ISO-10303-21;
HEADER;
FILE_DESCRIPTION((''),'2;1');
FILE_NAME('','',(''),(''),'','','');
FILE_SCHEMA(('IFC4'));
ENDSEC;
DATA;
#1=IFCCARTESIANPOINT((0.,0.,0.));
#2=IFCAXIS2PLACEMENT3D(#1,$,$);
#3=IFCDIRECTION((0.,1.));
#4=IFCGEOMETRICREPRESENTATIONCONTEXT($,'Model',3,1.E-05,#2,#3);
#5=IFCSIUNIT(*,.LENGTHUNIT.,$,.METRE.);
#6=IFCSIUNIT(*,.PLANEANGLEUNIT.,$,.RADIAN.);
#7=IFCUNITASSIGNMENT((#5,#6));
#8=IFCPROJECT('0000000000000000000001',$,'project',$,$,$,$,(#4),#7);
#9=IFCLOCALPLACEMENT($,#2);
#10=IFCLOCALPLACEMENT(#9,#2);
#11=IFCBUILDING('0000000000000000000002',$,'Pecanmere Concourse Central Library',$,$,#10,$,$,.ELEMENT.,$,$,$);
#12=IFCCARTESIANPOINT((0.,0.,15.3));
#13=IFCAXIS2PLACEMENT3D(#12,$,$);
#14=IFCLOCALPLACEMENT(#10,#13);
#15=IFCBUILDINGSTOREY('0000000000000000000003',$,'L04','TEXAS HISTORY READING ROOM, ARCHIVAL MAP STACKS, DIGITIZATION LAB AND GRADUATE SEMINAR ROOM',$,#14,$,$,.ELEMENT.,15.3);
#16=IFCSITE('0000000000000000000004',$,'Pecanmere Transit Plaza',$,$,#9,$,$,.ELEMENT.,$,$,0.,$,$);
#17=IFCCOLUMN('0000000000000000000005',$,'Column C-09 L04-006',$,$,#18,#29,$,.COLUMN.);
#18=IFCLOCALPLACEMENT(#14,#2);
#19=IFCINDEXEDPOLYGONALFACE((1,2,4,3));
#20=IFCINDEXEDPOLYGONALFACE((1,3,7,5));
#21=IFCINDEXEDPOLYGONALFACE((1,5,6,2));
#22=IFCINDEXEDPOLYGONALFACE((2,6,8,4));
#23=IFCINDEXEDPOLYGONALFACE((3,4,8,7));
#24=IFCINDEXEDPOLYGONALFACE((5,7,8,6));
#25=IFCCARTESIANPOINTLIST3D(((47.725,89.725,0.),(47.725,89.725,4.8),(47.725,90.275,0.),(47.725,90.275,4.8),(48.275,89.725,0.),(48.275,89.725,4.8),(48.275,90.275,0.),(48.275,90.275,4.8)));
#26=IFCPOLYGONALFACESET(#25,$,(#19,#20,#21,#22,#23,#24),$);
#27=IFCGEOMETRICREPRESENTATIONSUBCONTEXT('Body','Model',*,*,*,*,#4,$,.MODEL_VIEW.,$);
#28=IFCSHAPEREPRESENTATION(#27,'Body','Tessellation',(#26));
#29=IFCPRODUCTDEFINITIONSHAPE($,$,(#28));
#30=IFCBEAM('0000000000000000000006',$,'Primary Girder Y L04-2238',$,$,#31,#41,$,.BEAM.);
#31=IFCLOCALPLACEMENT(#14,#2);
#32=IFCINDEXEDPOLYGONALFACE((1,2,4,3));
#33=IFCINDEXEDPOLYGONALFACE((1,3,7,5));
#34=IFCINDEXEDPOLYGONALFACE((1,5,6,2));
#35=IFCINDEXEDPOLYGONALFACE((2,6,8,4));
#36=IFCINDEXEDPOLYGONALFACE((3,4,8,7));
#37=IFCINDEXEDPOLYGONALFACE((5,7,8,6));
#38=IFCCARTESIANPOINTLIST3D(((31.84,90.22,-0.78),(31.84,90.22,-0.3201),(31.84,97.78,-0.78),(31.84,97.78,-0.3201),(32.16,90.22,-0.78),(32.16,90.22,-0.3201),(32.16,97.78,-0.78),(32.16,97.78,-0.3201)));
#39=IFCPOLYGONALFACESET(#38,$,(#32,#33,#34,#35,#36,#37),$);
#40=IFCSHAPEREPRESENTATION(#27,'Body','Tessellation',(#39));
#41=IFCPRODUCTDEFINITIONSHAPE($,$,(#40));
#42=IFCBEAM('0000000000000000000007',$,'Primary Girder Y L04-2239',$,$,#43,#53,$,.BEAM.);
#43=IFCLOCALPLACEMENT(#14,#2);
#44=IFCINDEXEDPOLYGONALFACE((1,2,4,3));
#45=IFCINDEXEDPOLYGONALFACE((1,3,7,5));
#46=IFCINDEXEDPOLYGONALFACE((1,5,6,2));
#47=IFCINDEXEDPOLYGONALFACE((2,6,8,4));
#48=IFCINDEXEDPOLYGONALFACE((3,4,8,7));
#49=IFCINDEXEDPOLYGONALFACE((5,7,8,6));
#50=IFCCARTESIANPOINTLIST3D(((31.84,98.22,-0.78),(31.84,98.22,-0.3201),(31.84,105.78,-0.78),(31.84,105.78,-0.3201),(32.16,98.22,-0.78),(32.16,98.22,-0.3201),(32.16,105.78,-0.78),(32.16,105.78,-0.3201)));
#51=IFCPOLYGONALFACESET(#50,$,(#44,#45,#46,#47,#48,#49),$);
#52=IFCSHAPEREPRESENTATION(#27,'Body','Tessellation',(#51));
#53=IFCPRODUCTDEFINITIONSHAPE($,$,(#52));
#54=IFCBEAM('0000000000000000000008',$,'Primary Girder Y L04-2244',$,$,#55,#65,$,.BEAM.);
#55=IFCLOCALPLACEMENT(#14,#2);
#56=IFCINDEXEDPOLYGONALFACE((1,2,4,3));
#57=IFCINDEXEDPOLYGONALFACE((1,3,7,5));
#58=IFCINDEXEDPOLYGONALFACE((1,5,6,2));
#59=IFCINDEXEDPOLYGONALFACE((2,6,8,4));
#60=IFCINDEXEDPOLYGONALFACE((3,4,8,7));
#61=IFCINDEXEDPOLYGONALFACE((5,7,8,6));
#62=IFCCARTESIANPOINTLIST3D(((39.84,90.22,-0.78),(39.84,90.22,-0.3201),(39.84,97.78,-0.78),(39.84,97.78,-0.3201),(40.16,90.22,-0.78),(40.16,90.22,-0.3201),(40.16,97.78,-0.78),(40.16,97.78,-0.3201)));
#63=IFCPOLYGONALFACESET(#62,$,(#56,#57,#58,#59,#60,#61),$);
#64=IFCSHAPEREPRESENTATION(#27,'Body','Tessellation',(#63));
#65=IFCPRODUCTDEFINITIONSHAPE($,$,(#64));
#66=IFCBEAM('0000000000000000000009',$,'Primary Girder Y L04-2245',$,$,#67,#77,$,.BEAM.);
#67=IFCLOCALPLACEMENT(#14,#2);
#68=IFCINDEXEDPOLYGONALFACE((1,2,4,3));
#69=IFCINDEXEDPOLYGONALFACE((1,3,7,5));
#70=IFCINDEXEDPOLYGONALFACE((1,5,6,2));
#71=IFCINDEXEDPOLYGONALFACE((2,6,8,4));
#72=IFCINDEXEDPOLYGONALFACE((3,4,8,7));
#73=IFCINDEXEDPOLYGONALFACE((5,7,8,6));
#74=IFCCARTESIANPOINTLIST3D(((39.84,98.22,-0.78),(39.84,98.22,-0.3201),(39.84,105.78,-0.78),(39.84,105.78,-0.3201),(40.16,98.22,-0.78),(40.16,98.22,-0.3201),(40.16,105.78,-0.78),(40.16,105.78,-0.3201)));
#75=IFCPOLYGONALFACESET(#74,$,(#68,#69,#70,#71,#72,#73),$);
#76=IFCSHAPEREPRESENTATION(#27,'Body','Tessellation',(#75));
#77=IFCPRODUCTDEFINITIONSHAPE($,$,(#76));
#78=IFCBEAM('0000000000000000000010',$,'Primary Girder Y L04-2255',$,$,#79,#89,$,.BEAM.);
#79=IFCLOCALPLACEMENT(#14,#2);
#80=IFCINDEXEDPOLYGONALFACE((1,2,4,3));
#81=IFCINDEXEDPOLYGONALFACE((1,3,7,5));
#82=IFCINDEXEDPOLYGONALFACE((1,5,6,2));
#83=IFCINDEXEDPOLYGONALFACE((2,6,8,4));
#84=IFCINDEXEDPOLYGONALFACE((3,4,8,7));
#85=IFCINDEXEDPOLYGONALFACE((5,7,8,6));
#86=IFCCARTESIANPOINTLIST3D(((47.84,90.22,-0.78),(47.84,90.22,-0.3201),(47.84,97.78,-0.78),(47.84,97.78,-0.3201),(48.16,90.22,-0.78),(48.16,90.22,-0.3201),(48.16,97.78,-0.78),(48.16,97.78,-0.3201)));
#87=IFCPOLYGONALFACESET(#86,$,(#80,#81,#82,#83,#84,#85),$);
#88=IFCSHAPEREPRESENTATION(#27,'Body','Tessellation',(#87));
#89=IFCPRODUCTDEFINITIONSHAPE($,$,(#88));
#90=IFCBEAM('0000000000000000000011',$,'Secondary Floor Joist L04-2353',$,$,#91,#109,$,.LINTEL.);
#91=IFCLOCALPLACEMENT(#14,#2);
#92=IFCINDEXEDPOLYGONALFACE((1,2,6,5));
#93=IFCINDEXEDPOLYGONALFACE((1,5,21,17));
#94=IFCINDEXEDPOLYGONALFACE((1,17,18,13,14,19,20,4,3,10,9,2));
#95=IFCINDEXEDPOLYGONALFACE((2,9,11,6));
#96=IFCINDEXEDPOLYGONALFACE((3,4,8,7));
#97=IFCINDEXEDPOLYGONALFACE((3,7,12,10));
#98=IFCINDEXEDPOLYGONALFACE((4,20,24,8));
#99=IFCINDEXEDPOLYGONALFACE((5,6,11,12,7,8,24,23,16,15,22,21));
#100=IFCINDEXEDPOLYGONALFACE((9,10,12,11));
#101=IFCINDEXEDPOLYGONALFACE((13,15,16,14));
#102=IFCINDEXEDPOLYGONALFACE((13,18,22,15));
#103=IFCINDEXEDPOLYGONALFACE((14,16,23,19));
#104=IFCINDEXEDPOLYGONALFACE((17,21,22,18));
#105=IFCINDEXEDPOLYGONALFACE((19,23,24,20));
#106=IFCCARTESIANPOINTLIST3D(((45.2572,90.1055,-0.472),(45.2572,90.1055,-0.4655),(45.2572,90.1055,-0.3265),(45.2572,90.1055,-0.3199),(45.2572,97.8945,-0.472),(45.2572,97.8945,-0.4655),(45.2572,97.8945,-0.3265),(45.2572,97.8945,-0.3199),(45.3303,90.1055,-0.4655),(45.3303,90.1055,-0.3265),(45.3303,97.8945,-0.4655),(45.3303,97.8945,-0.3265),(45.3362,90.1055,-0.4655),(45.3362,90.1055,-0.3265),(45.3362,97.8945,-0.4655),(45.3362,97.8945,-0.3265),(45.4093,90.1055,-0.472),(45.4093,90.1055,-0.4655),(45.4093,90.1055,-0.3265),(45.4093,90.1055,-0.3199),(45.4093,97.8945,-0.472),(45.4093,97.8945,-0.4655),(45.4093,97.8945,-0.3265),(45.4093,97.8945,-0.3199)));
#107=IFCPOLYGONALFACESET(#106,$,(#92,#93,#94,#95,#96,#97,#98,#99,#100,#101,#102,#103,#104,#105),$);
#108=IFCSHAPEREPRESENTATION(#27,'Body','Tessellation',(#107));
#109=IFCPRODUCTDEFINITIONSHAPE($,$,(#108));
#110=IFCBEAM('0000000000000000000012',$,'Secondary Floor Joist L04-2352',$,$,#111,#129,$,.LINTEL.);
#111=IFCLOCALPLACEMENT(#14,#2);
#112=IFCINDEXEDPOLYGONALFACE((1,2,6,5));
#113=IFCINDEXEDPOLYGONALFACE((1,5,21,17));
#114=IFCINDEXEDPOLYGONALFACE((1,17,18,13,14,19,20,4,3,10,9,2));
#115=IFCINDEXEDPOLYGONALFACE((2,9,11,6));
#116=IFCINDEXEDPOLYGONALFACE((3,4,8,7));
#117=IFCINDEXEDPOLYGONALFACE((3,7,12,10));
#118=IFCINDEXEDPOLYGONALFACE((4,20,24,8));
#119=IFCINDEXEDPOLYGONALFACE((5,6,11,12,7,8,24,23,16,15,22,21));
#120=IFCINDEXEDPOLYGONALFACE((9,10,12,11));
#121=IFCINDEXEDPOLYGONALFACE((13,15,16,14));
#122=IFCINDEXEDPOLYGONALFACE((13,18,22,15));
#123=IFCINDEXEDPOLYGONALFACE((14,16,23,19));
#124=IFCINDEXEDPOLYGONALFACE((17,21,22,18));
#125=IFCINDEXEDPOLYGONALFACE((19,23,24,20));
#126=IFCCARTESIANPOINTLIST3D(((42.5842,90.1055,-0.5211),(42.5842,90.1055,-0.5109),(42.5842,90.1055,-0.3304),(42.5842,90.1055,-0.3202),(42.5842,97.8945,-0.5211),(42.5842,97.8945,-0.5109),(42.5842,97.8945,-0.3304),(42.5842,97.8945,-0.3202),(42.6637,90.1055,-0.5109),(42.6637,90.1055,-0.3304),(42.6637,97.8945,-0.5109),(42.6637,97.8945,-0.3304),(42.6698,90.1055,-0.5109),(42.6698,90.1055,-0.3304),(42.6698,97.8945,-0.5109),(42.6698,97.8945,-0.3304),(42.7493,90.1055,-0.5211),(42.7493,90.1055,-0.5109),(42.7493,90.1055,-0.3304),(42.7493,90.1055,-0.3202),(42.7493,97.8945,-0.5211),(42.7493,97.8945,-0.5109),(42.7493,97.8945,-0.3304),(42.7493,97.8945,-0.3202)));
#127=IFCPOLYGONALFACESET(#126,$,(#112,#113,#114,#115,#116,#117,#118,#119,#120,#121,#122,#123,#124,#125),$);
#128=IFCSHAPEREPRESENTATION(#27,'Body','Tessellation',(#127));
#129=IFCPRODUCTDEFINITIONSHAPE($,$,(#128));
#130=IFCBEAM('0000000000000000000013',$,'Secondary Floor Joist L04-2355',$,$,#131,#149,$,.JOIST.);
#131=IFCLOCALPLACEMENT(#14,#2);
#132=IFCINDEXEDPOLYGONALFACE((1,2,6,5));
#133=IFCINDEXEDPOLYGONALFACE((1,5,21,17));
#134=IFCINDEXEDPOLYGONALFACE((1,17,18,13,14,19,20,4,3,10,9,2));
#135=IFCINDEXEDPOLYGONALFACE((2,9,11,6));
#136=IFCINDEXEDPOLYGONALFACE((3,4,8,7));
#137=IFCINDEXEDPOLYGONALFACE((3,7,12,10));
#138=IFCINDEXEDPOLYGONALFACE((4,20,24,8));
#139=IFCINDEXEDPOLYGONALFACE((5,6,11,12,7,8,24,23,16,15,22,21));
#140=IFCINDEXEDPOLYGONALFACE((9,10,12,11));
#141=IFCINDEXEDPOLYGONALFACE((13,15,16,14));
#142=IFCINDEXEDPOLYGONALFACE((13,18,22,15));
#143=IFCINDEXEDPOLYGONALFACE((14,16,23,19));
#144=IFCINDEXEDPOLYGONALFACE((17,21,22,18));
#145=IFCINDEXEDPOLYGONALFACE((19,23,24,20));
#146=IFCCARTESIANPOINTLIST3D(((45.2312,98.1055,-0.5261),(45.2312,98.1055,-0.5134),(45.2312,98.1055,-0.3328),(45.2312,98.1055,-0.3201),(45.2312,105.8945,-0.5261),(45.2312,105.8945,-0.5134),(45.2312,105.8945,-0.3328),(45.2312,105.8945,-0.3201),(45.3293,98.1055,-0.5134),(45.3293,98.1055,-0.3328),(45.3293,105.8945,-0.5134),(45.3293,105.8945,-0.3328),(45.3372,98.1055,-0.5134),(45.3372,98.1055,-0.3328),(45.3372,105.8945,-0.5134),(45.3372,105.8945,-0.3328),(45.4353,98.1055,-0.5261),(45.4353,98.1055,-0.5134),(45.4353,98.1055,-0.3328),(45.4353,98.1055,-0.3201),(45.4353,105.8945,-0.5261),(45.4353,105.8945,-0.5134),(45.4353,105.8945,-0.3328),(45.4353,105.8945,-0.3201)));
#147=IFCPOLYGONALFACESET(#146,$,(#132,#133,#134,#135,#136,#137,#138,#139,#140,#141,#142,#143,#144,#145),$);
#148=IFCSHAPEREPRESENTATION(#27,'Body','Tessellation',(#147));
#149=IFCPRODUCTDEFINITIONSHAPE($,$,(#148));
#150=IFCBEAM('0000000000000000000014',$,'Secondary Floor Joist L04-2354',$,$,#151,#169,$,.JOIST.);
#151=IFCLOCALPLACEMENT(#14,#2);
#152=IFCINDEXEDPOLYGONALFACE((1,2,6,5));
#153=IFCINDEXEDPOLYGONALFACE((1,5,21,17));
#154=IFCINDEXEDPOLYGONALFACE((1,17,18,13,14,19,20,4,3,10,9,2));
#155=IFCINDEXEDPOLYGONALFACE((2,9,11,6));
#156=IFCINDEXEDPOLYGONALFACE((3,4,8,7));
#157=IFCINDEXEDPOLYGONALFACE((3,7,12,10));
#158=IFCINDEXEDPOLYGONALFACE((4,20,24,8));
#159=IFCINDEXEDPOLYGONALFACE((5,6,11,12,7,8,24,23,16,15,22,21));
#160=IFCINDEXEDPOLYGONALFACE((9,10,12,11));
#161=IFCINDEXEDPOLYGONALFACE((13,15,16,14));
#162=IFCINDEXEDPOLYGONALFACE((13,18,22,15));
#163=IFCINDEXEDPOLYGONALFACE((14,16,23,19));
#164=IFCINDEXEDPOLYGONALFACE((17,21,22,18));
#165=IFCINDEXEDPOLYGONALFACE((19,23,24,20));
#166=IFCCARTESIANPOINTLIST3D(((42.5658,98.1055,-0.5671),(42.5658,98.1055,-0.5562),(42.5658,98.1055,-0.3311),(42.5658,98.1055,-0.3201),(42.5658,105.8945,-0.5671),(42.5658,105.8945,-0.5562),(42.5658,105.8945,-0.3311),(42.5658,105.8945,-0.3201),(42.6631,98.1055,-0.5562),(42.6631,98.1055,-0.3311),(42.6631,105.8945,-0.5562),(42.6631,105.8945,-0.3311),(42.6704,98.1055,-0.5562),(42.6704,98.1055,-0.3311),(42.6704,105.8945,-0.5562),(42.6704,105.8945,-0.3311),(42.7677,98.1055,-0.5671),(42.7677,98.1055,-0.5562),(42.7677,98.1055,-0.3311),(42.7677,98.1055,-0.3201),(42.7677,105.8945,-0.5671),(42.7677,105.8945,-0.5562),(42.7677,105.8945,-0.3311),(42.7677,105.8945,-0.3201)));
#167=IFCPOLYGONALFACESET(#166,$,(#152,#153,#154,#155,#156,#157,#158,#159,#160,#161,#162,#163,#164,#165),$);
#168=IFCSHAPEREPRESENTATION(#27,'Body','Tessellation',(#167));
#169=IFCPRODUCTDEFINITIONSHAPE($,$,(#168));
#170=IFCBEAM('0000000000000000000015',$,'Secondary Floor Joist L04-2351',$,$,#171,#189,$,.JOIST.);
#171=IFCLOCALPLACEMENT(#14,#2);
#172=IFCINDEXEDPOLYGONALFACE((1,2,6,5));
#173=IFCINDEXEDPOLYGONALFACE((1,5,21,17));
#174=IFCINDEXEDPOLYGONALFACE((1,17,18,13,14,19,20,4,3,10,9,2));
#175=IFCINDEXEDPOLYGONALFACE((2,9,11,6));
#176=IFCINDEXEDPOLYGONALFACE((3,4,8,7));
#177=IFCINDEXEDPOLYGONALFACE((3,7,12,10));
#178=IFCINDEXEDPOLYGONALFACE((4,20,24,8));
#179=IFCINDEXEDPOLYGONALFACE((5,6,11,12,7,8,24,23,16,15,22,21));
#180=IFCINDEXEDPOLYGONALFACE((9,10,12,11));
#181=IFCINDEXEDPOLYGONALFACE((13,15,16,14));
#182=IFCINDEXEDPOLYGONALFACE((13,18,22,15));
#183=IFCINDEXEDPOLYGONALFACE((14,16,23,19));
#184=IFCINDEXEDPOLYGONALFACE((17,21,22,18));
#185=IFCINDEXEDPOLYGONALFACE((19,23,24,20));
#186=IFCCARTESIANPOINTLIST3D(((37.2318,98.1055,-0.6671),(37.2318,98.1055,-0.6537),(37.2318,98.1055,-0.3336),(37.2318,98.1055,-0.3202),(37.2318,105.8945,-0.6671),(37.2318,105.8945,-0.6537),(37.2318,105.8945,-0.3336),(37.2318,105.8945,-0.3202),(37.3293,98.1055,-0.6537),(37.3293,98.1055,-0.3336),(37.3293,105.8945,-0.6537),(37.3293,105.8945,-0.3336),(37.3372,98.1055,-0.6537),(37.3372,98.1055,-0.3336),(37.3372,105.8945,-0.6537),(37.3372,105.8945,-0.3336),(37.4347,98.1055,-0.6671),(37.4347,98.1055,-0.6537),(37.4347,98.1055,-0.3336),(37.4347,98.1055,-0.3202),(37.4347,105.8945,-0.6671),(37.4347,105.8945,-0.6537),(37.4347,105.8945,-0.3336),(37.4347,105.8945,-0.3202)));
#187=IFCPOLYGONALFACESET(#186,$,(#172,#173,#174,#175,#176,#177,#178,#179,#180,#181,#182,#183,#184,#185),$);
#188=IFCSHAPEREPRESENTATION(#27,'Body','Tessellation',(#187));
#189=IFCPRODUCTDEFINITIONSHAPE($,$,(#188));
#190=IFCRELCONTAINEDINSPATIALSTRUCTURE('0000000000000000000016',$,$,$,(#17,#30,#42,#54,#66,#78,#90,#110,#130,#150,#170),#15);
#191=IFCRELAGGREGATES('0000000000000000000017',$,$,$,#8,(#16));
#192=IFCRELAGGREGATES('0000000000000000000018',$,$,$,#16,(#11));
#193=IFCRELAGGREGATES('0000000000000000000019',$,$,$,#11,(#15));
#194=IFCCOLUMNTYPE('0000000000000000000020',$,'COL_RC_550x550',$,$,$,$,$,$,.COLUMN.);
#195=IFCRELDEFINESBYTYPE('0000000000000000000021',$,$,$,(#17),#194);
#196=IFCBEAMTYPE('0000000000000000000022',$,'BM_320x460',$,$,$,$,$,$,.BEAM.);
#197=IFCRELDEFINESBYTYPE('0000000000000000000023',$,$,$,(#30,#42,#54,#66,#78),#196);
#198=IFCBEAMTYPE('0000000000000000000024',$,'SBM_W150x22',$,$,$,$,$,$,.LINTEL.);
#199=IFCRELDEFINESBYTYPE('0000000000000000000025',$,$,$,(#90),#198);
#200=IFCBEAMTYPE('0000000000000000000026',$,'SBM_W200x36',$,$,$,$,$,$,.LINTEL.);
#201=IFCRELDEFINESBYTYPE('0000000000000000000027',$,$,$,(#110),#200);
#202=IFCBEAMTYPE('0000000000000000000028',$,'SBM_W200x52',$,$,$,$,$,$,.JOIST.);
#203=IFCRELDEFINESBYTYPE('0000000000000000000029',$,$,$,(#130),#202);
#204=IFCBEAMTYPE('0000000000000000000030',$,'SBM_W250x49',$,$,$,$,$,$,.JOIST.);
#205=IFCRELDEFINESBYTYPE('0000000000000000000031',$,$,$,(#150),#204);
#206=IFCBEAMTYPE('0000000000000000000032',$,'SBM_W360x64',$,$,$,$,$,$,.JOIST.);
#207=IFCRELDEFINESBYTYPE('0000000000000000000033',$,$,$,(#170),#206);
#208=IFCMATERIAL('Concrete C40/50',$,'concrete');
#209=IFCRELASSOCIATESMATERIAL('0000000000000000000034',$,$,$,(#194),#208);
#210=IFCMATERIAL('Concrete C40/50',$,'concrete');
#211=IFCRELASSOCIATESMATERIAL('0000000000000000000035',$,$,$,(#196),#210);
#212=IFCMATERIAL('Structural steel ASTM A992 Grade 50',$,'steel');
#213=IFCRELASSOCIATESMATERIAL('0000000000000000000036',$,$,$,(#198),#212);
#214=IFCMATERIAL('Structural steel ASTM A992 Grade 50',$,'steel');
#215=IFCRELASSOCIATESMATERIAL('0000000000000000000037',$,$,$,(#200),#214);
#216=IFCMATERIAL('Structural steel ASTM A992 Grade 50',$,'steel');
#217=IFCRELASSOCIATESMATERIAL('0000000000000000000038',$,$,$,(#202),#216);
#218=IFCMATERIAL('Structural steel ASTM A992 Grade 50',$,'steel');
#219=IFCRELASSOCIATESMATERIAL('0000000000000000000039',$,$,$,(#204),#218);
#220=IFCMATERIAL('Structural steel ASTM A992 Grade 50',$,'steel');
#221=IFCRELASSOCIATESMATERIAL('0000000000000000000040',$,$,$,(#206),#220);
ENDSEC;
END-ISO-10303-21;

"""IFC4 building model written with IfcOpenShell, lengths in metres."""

from ifc_helpers import new_model, si_unit, direction, frame, origin, origin_2d, place, context, subcontext, project, spatial, rectangle, i_section, extrude, material, material_profile, profile_set, type_object, element, save


model = new_model("IFC4")

# Units and contexts
model_context = context("Model", 3, precision=1e-05, world=origin(), true_north=direction((0.0, 1.0)))
body_context = subcontext(model_context, "Body", "Model", "MODEL_VIEW")
ifc_project = project(units=[si_unit("LENGTHUNIT", "METRE"), si_unit("PLANEANGLEUNIT", "RADIAN")], contexts=[model_context])

# Site, building, storey
site_placement = place(None, origin())
site = spatial("IfcSite", under=ifc_project, at=site_placement, Name="Pecanmere Transit Plaza", CompositionType="ELEMENT", RefElevation=0.0)
building_placement = place(site_placement, origin())
building = spatial("IfcBuilding", under=site, at=building_placement, Name="Pecanmere Concourse Central Library", CompositionType="ELEMENT")
storey_placement = place(building_placement, frame((0.0, 0.0, 15.3)))
storey = spatial("IfcBuildingStorey", under=building, at=storey_placement, Name="L04", Description="TEXAS HISTORY READING ROOM, ARCHIVAL MAP STACKS, DIGITIZATION LAB AND GRADUATE SEMINAR ROOM", CompositionType="ELEMENT", Elevation=15.3)

# Column
ifc_material_1 = material(Name="Concrete C40/50", Category="concrete")
ifc_material_profile_1 = material_profile(ifc_material_1, rectangle(XDim=0.55, YDim=0.55, at=origin_2d()), Name="RC 550x550")
ifc_profile_set_1 = profile_set([ifc_material_profile_1], Name="Concrete C40/50")
column_type = type_object("IfcColumnType", Name="COL_RC_550x550", PredefinedType="COLUMN", material=ifc_profile_set_1)
column_placement = place(storey_placement, frame((48.0, 90.0, 0.0), z_axis=(0.0, 0.0, 1.0), x_axis=(1.0, 0.0, 0.0)))
element("IfcColumn", 1, at=column_placement, inside=storey, type_object=column_type, Name="Column C-09 L04-006", PredefinedType="COLUMN", context=body_context, shape_type="SweptSolid", body=[
    extrude(rectangle(XDim=0.55, YDim=0.55, at=origin_2d()), origin(), (0.0, 0.0, 1.0), 4.8),
])

# Beams
ifc_material_2 = material(Name="Concrete C40/50", Category="concrete")
ifc_material_profile_2 = material_profile(ifc_material_2, rectangle(XDim=0.3201, YDim=0.46, at=origin_2d()), Name="RC 320x460")
ifc_profile_set_2 = profile_set([ifc_material_profile_2], Name="Concrete C40/50")
beam_type_1 = type_object("IfcBeamType", Name="BM_320x460", PredefinedType="BEAM", material=ifc_profile_set_2)
for number, where, z_axis, x_axis, name in (
    (2, (32.0, 90.22, -0.55), (0.0, 1.0, 0.0), (-1.0, 0.0, 0.0), "Primary Girder Y L04-2238"),
    (3, (32.0, 98.22, -0.55), (0.0, 1.0, 0.0), (-1.0, 0.0, 0.0), "Primary Girder Y L04-2239"),
    (4, (40.0, 90.22, -0.55), (0.0, 1.0, 0.0), (-1.0, 0.0, 0.0), "Primary Girder Y L04-2244"),
    (5, (40.0, 98.22, -0.55), (0.0, 1.0, 0.0), (-1.0, 0.0, 0.0), "Primary Girder Y L04-2245"),
    (6, (48.0, 90.22, -0.55), (0.0, 1.0, 0.0), (-1.0, 0.0, 0.0), "Primary Girder Y L04-2255"),
):
    element("IfcBeam", number, at=place(storey_placement, frame(where, z_axis=z_axis, x_axis=x_axis)), inside=storey, type_object=beam_type_1, Name=name, PredefinedType="BEAM", context=body_context, shape_type="SweptSolid", body=[
        extrude(rectangle(XDim=0.3201, YDim=0.46, at=origin_2d()), origin(), (0.0, 0.0, 1.0), 7.5601),
    ])
ifc_material_3 = material(Name="Structural steel ASTM A992 Grade 50", Category="steel")
ifc_material_profile_3 = material_profile(ifc_material_3, i_section(OverallWidth=0.1521, OverallDepth=0.1521, WebThickness=0.0059, FlangeThickness=0.0066, at=origin_2d()), Name="W150x22.5")
ifc_profile_set_3 = profile_set([ifc_material_profile_3], Name="Structural steel ASTM A992 Grade 50")
beam_type_2 = type_object("IfcBeamType", Name="SBM_W150x22", PredefinedType="LINTEL", material=ifc_profile_set_3)
beam_1_placement = place(storey_placement, frame((45.3333, 90.1055, -0.396), z_axis=(0.0, 1.0, 0.0), x_axis=(-1.0, 0.0, 0.0)))
element("IfcBeam", 7, at=beam_1_placement, inside=storey, type_object=beam_type_2, Name="Secondary Floor Joist L04-2353", PredefinedType="LINTEL", context=body_context, shape_type="SweptSolid", body=[
    extrude(i_section(OverallWidth=0.1521, OverallDepth=0.1521, WebThickness=0.0059, FlangeThickness=0.0066, at=origin_2d()), origin(), (0.0, 0.0, 1.0), 7.7891),
])
ifc_material_4 = material(Name="Structural steel ASTM A992 Grade 50", Category="steel")
ifc_material_profile_4 = material_profile(ifc_material_4, i_section(OverallWidth=0.165, OverallDepth=0.2009, WebThickness=0.0061, FlangeThickness=0.0103, at=origin_2d()), Name="W200x35.9")
ifc_profile_set_4 = profile_set([ifc_material_profile_4], Name="Structural steel ASTM A992 Grade 50")
beam_type_3 = type_object("IfcBeamType", Name="SBM_W200x36", PredefinedType="LINTEL", material=ifc_profile_set_4)
beam_2_placement = place(storey_placement, frame((42.6667, 90.1055, -0.4207), z_axis=(0.0, 1.0, 0.0), x_axis=(-1.0, 0.0, 0.0)))
element("IfcBeam", 8, at=beam_2_placement, inside=storey, type_object=beam_type_3, Name="Secondary Floor Joist L04-2352", PredefinedType="LINTEL", context=body_context, shape_type="SweptSolid", body=[
    extrude(i_section(OverallWidth=0.165, OverallDepth=0.2009, WebThickness=0.0061, FlangeThickness=0.0103, at=origin_2d()), origin(), (0.0, 0.0, 1.0), 7.7891),
])
ifc_material_5 = material(Name="Structural steel ASTM A992 Grade 50", Category="steel")
ifc_material_profile_5 = material_profile(ifc_material_5, i_section(OverallWidth=0.2041, OverallDepth=0.2061, WebThickness=0.0078, FlangeThickness=0.0127, at=origin_2d()), Name="W200x52")
ifc_profile_set_5 = profile_set([ifc_material_profile_5], Name="Structural steel ASTM A992 Grade 50")
beam_type_4 = type_object("IfcBeamType", Name="SBM_W200x52", PredefinedType="JOIST", material=ifc_profile_set_5)
beam_3_placement = place(storey_placement, frame((45.3333, 98.1055, -0.4231), z_axis=(0.0, 1.0, 0.0), x_axis=(-1.0, 0.0, 0.0)))
element("IfcBeam", 9, at=beam_3_placement, inside=storey, type_object=beam_type_4, Name="Secondary Floor Joist L04-2355", PredefinedType="JOIST", context=body_context, shape_type="SweptSolid", body=[
    extrude(i_section(OverallWidth=0.2041, OverallDepth=0.2061, WebThickness=0.0078, FlangeThickness=0.0127, at=origin_2d()), origin(), (0.0, 0.0, 1.0), 7.7891),
])
ifc_material_6 = material(Name="Structural steel ASTM A992 Grade 50", Category="steel")
ifc_material_profile_6 = material_profile(ifc_material_6, i_section(OverallWidth=0.2019, OverallDepth=0.2471, WebThickness=0.0073, FlangeThickness=0.011, at=origin_2d()), Name="W250x49.1")
ifc_profile_set_6 = profile_set([ifc_material_profile_6], Name="Structural steel ASTM A992 Grade 50")
beam_type_5 = type_object("IfcBeamType", Name="SBM_W250x49", PredefinedType="JOIST", material=ifc_profile_set_6)
beam_4_placement = place(storey_placement, frame((42.6667, 98.1055, -0.4436), z_axis=(0.0, 1.0, 0.0), x_axis=(-1.0, 0.0, 0.0)))
element("IfcBeam", 10, at=beam_4_placement, inside=storey, type_object=beam_type_5, Name="Secondary Floor Joist L04-2354", PredefinedType="JOIST", context=body_context, shape_type="SweptSolid", body=[
    extrude(i_section(OverallWidth=0.2019, OverallDepth=0.2471, WebThickness=0.0073, FlangeThickness=0.011, at=origin_2d()), origin(), (0.0, 0.0, 1.0), 7.7891),
])
ifc_material_7 = material(Name="Structural steel ASTM A992 Grade 50", Category="steel")
ifc_material_profile_7 = material_profile(ifc_material_7, i_section(OverallWidth=0.2029, OverallDepth=0.3469, WebThickness=0.0078, FlangeThickness=0.0134, at=origin_2d()), Name="W360x64")
ifc_profile_set_7 = profile_set([ifc_material_profile_7], Name="Structural steel ASTM A992 Grade 50")
beam_type_6 = type_object("IfcBeamType", Name="SBM_W360x64", PredefinedType="JOIST", material=ifc_profile_set_7)
beam_5_placement = place(storey_placement, frame((37.3333, 98.1055, -0.4937), z_axis=(0.0, 1.0, 0.0), x_axis=(-1.0, 0.0, 0.0)))
element("IfcBeam", 11, at=beam_5_placement, inside=storey, type_object=beam_type_6, Name="Secondary Floor Joist L04-2351", PredefinedType="JOIST", context=body_context, shape_type="SweptSolid", body=[
    extrude(i_section(OverallWidth=0.2029, OverallDepth=0.3469, WebThickness=0.0078, FlangeThickness=0.0134, at=origin_2d()), origin(), (0.0, 0.0, 1.0), 7.7891),
])

save(model, "model.ifc")
